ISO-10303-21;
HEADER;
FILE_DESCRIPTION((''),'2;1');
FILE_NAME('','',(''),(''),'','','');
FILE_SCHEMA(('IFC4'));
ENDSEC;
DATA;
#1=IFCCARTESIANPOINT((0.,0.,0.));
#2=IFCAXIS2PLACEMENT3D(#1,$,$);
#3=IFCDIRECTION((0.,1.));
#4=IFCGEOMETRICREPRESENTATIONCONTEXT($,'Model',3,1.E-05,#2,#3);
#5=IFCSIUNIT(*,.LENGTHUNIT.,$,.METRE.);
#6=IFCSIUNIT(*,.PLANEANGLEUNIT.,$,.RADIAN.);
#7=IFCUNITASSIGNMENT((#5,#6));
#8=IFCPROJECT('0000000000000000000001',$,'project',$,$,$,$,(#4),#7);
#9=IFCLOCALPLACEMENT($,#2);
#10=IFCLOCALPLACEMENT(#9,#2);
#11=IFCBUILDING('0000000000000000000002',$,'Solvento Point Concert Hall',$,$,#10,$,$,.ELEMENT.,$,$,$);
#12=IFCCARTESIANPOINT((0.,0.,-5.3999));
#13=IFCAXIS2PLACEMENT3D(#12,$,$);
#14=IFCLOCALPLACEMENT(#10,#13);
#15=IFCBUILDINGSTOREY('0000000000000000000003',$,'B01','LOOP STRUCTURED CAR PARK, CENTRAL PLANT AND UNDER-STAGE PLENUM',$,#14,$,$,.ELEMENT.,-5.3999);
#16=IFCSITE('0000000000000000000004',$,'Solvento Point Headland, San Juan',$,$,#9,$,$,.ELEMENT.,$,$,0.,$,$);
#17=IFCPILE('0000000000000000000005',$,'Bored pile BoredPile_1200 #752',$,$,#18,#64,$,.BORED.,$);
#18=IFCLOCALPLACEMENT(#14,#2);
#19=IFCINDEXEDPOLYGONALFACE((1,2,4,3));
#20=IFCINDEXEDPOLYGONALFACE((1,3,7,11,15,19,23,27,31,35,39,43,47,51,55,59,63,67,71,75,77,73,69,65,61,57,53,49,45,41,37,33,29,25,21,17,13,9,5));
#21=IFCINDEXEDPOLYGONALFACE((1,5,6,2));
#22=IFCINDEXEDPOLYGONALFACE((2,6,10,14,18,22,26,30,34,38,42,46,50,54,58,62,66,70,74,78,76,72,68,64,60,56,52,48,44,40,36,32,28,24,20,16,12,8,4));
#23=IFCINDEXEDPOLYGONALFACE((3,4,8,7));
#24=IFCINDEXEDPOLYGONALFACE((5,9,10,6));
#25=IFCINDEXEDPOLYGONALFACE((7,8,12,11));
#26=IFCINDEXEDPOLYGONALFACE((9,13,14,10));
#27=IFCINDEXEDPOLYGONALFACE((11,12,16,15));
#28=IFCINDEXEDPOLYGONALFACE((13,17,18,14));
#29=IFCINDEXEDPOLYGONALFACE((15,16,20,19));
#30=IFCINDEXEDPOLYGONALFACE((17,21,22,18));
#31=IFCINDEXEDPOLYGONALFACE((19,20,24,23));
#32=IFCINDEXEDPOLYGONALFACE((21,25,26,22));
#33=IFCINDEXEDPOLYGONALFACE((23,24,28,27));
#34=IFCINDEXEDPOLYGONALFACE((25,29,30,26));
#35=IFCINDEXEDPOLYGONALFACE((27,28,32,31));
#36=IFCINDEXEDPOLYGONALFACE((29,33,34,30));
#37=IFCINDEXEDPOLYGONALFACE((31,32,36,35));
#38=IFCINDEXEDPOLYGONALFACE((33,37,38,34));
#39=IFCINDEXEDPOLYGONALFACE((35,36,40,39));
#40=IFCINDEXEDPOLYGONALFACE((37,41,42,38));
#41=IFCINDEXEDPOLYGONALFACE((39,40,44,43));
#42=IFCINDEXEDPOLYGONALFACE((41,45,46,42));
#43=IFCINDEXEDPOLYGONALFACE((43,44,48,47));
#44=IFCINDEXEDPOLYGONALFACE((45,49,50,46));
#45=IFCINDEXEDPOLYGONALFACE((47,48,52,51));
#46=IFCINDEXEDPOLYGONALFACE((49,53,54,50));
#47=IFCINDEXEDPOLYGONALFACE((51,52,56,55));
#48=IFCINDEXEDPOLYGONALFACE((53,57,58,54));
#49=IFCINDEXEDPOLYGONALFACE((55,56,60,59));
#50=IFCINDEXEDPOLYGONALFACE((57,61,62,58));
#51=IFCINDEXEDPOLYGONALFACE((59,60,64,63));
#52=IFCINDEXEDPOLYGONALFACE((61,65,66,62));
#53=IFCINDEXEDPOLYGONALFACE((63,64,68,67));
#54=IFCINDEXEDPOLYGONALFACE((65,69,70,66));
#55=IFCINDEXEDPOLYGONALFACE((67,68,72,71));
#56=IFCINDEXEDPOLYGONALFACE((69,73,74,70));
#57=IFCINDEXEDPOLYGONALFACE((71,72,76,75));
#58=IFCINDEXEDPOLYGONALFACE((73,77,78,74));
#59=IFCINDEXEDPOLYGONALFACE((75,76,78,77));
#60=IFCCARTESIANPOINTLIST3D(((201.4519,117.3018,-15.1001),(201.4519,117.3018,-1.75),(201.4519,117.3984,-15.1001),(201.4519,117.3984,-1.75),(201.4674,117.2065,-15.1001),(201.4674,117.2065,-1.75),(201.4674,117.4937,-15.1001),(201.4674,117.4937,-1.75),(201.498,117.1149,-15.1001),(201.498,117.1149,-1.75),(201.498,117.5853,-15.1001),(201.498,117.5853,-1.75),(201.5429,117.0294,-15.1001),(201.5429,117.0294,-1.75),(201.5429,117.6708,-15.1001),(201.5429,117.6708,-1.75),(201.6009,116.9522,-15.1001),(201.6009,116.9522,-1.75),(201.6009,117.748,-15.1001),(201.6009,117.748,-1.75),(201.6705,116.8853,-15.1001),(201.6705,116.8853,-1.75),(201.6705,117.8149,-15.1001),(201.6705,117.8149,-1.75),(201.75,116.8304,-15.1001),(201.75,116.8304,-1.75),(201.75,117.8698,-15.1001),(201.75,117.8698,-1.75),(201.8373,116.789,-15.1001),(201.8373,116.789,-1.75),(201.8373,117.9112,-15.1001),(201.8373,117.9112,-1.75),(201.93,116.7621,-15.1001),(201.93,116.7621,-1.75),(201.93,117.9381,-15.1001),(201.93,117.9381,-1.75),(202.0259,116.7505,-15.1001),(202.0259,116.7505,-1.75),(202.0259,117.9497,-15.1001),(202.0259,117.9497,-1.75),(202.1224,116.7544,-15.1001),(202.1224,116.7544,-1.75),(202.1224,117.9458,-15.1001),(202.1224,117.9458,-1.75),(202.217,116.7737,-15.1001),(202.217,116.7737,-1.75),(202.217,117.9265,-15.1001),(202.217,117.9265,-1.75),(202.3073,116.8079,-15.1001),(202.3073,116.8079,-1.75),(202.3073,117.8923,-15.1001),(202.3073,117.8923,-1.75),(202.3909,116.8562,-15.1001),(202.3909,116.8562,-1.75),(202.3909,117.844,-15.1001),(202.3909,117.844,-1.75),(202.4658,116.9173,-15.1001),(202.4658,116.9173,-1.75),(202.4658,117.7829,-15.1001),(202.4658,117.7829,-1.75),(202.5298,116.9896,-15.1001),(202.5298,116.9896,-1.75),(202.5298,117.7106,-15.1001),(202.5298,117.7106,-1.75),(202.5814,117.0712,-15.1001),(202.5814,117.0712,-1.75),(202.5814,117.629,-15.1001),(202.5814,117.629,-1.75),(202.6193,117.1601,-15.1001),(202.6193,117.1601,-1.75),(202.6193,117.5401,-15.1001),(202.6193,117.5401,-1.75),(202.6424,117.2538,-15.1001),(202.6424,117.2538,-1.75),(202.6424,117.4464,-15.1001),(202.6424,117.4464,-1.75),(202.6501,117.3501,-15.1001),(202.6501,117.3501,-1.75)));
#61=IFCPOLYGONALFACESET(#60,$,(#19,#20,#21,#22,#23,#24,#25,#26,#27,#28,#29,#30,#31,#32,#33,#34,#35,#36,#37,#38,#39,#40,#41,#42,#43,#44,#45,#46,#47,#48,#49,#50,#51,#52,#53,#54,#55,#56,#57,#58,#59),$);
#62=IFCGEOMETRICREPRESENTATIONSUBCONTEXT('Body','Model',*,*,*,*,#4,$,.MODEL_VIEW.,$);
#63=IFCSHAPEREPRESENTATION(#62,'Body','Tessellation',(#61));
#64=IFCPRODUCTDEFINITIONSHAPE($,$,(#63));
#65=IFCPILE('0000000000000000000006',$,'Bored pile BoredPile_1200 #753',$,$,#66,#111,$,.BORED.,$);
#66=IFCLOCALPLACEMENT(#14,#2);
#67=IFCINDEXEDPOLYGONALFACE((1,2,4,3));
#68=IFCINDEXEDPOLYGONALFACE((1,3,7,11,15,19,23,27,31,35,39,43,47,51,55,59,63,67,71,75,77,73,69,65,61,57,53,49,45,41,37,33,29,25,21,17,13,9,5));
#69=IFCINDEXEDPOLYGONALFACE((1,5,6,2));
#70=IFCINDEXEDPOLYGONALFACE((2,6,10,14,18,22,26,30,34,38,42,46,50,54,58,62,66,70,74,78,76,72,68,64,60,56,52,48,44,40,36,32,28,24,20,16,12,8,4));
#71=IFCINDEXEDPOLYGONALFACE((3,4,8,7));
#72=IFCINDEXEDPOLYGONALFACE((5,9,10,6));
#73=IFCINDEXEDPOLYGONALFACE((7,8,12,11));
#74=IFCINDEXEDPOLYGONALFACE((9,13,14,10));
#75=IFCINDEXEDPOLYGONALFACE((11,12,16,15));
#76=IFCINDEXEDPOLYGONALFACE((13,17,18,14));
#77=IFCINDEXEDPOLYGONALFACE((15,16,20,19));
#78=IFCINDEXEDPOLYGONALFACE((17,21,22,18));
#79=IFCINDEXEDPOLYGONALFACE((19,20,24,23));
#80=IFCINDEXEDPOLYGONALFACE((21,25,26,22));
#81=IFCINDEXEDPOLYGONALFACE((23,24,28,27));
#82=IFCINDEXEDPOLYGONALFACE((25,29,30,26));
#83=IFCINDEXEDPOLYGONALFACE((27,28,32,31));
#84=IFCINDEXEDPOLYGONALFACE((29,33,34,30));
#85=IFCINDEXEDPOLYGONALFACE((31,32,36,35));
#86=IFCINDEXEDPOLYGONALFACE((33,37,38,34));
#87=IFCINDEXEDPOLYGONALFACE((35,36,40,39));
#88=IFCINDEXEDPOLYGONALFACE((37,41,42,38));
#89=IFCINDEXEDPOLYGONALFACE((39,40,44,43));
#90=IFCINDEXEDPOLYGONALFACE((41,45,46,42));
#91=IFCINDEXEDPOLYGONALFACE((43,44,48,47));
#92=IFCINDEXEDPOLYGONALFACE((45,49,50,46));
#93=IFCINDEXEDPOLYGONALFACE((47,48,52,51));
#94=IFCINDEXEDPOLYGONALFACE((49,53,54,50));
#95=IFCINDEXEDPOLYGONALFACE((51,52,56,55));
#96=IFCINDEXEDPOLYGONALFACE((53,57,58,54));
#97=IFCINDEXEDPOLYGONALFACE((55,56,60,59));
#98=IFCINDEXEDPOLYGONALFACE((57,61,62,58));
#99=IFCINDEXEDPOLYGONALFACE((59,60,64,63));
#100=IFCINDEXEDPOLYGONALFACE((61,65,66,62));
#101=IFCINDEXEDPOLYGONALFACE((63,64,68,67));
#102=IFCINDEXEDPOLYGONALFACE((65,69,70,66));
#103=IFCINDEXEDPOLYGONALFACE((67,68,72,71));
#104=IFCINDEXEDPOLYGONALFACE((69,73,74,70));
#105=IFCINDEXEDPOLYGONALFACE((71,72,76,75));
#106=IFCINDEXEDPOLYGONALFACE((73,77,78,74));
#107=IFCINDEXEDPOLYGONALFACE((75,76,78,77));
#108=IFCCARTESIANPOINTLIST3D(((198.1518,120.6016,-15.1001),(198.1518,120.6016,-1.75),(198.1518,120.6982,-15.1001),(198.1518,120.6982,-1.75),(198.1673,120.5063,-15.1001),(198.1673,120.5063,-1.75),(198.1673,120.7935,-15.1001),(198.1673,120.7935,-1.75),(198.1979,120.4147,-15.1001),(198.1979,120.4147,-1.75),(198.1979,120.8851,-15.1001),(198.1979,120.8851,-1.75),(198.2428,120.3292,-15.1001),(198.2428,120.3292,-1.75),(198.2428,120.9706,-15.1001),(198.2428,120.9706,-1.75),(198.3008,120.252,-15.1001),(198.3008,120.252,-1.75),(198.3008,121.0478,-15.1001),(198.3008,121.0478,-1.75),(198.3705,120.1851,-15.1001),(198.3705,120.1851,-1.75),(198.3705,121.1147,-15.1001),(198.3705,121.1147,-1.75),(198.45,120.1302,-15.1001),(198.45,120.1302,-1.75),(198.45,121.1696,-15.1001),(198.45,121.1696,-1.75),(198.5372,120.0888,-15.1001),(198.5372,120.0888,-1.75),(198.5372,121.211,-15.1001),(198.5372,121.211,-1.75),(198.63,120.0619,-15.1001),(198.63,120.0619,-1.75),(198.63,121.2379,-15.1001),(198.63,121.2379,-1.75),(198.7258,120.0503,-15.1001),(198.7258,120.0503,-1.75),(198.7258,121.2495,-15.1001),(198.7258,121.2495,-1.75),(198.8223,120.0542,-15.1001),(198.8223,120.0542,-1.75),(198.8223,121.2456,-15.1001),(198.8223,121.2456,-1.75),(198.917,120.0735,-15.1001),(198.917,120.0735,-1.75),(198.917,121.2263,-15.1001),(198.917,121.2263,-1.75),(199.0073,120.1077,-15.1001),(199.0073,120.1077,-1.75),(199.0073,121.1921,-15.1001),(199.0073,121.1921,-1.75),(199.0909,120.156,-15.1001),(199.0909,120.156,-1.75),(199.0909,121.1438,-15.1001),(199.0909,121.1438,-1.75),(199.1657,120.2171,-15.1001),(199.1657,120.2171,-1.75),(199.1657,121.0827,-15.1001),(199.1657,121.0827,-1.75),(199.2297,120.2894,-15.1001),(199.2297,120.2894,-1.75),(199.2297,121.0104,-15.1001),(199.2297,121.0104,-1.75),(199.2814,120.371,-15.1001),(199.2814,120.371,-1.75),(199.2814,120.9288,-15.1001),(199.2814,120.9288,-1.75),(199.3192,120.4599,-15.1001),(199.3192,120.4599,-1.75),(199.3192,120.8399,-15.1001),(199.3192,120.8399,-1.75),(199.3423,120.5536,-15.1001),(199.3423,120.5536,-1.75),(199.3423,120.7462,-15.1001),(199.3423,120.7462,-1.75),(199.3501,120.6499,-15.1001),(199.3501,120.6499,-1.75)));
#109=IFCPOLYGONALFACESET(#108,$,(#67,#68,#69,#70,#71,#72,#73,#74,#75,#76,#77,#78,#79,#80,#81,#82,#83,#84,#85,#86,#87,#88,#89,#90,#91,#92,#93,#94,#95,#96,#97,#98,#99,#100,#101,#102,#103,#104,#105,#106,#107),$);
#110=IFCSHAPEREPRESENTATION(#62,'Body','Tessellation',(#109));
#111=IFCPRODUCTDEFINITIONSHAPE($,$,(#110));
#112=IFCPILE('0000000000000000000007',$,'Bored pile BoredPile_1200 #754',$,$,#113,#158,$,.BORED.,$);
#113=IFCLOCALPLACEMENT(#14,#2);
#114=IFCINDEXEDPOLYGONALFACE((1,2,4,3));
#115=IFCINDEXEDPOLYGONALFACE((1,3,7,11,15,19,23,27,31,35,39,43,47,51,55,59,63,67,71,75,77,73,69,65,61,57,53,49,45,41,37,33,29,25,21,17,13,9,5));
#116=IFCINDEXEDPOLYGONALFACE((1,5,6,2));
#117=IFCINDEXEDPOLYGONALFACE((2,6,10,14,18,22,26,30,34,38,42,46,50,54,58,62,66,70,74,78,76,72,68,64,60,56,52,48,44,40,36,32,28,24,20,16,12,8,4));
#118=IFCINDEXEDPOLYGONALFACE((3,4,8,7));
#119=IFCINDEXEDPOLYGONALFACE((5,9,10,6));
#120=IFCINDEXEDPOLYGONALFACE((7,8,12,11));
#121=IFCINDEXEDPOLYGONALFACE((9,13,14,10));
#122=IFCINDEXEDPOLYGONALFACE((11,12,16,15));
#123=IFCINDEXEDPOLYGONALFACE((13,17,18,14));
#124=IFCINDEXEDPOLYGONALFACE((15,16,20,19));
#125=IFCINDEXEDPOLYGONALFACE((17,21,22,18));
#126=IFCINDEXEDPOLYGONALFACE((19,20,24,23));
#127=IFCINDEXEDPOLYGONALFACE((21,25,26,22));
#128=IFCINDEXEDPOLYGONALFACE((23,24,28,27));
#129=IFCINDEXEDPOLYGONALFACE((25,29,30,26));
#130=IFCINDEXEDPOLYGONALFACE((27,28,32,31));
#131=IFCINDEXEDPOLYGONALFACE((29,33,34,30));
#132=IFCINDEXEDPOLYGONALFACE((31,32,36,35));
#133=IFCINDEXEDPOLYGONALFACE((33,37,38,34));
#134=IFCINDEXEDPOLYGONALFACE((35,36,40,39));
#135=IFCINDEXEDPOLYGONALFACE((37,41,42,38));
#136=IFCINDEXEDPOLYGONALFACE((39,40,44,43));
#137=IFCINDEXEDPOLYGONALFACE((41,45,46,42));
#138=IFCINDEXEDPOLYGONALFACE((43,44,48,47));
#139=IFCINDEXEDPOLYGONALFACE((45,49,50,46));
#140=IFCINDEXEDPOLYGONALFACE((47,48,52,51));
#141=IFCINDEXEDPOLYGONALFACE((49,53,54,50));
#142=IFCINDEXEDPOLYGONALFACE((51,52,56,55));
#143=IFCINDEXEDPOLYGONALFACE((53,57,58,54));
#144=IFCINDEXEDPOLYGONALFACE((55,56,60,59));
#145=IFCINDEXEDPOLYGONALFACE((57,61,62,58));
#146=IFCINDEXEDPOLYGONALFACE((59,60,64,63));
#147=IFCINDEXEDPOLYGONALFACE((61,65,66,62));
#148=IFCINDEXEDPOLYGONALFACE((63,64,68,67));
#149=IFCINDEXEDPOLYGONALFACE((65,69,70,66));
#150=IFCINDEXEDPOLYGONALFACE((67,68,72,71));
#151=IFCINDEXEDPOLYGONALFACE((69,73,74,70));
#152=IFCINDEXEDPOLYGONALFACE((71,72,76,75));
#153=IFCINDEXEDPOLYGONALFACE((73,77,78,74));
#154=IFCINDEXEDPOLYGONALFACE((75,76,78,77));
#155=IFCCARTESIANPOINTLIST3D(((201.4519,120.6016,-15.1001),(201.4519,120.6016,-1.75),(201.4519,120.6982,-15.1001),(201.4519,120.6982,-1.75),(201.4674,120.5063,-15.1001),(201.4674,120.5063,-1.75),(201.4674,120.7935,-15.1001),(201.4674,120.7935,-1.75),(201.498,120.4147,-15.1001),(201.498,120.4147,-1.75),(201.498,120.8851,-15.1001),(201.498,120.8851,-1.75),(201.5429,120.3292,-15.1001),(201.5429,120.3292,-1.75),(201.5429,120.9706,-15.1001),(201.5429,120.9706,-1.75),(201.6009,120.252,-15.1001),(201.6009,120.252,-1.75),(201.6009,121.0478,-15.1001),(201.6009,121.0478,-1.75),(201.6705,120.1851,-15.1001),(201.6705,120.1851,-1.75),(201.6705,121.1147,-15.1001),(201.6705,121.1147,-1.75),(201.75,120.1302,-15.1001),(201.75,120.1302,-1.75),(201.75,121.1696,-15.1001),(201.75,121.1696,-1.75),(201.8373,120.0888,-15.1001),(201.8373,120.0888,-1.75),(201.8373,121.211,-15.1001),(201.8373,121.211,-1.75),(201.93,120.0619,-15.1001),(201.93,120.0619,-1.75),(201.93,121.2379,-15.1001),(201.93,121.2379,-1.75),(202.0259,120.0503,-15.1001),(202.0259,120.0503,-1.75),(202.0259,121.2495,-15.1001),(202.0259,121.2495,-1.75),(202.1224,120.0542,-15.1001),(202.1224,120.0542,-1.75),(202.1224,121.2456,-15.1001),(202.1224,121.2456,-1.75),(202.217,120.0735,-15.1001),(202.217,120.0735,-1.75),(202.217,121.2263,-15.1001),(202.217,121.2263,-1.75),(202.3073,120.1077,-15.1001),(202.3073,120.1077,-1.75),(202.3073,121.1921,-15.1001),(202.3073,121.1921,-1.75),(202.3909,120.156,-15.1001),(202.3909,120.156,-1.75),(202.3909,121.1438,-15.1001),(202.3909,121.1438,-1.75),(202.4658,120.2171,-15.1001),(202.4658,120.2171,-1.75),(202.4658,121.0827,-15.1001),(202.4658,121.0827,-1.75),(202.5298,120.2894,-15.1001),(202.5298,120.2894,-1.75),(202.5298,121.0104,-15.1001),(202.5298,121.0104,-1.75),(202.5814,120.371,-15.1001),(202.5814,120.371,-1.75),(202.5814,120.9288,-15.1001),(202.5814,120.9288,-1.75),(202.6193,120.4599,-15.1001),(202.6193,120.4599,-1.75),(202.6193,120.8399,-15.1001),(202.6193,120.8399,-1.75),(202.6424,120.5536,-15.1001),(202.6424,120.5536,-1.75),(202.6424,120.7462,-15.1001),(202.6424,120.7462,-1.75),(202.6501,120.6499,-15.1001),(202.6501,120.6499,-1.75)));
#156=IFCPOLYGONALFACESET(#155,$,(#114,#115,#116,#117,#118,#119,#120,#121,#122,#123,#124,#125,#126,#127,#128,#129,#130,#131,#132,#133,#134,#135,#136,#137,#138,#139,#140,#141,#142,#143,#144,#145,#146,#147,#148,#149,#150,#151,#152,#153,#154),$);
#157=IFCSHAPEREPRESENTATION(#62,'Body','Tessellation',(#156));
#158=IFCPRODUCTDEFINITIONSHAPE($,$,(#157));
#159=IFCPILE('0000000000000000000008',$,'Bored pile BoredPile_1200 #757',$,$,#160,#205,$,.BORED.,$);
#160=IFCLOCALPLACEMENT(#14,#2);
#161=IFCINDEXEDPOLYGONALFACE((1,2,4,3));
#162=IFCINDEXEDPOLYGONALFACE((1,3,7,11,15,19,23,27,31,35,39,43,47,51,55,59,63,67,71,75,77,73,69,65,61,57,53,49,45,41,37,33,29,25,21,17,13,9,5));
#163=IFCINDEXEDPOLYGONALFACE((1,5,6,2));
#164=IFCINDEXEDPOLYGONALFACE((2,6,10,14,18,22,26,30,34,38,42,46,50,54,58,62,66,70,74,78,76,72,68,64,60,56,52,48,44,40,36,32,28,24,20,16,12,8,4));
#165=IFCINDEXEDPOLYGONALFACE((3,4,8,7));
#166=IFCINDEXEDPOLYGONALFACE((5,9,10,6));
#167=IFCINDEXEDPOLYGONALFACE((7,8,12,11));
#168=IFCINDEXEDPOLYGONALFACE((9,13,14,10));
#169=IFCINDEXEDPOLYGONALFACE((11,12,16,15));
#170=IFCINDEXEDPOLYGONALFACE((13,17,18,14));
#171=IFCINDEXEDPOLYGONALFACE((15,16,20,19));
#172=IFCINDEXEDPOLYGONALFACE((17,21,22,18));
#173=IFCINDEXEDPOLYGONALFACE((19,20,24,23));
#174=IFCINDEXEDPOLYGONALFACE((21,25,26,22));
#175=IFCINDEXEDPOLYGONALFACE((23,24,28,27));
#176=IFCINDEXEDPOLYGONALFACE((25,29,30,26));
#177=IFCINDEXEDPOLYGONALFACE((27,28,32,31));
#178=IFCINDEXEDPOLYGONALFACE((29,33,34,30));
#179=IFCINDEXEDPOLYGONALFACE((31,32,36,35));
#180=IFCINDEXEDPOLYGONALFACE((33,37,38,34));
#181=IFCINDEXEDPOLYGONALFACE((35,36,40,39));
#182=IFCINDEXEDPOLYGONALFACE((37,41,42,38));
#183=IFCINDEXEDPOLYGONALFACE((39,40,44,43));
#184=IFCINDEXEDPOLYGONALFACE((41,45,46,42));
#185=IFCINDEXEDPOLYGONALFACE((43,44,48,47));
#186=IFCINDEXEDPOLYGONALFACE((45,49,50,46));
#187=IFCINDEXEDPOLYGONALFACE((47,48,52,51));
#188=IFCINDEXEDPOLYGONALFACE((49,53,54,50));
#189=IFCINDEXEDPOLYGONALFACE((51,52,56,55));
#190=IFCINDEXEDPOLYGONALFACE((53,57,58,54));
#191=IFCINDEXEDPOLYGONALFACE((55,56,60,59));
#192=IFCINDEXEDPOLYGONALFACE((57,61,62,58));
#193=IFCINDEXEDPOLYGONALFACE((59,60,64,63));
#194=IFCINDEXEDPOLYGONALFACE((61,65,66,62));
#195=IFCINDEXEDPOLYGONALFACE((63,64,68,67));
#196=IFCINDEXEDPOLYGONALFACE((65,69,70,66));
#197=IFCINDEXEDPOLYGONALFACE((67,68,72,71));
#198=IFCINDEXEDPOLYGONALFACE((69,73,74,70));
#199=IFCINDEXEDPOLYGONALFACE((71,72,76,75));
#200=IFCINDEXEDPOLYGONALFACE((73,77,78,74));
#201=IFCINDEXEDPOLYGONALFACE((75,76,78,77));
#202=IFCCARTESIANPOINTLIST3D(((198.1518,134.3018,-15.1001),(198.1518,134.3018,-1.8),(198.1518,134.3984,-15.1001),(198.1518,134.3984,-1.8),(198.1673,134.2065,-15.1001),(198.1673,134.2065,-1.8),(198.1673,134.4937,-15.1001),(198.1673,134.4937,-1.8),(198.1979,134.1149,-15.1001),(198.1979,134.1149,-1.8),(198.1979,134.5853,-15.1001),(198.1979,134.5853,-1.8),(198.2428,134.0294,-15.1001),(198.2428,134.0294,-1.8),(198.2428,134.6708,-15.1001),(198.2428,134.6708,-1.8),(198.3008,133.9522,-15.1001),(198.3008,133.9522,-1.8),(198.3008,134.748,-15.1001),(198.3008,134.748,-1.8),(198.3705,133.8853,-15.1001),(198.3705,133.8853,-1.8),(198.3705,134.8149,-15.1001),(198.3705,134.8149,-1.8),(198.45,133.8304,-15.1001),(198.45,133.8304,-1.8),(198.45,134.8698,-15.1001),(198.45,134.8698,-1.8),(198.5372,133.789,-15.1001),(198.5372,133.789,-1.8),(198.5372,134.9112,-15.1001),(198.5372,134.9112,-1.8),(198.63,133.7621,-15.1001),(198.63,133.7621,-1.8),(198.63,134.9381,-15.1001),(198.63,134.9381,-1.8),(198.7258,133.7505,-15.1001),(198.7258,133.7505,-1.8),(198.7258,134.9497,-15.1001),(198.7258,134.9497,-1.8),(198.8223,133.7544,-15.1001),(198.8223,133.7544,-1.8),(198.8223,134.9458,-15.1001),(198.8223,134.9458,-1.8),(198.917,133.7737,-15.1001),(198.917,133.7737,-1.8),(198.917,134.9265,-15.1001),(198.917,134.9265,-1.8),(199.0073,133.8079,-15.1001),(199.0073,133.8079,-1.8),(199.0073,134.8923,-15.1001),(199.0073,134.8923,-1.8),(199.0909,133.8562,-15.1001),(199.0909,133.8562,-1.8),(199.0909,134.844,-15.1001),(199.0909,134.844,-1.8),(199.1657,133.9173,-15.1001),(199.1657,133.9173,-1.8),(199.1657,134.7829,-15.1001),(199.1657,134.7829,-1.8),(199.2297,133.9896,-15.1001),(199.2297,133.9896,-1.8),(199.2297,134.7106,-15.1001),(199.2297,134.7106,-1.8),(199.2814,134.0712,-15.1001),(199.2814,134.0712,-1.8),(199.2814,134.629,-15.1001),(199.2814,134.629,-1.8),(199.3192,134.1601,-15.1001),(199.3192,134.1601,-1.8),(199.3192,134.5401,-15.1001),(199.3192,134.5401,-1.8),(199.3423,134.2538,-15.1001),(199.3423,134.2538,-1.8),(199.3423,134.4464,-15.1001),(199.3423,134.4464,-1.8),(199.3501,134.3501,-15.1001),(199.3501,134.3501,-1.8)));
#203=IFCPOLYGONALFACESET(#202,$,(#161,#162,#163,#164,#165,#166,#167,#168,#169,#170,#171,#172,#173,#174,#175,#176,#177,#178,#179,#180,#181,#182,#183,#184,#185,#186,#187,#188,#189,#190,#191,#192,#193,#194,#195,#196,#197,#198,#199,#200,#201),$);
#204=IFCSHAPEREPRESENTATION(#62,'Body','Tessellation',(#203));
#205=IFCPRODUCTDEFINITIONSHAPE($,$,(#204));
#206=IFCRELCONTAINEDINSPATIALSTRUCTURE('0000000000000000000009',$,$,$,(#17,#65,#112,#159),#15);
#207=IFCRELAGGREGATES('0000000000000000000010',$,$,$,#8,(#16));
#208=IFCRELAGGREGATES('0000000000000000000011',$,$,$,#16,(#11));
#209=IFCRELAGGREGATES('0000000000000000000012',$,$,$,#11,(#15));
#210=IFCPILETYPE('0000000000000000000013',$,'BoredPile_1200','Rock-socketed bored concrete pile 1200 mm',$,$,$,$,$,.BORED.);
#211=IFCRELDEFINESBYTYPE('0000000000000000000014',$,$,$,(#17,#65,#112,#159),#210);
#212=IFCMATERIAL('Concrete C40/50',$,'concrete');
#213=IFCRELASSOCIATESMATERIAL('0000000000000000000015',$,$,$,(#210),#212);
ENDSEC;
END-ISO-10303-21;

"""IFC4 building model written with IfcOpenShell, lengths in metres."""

from ifc_helpers import new_model, si_unit, direction, frame, origin, origin_2d, place, context, subcontext, project, spatial, circle, extrude, material, material_profile, profile_set, type_object, element, save


model = new_model("IFC4")

# Units and contexts
model_context = context("Model", 3, precision=1e-05, world=origin(), true_north=direction((0.0, 1.0)))
body_context = subcontext(model_context, "Body", "Model", "MODEL_VIEW")
ifc_project = project(units=[si_unit("LENGTHUNIT", "METRE"), si_unit("PLANEANGLEUNIT", "RADIAN")], contexts=[model_context])

# Site, building, storey
site_placement = place(None, origin())
site = spatial("IfcSite", under=ifc_project, at=site_placement, Name="Solvento Point Headland, San Juan", CompositionType="ELEMENT", RefElevation=0.0)
building_placement = place(site_placement, origin())
building = spatial("IfcBuilding", under=site, at=building_placement, Name="Solvento Point Concert Hall", CompositionType="ELEMENT")
storey_placement = place(building_placement, frame((0.0, 0.0, -5.3999)))
storey = spatial("IfcBuildingStorey", under=building, at=storey_placement, Name="B01", Description="LOOP STRUCTURED CAR PARK, CENTRAL PLANT AND UNDER-STAGE PLENUM", CompositionType="ELEMENT", Elevation=-5.3999)

# Piles
ifc_material_1 = material(Name="Concrete C40/50", Category="concrete")
ifc_material_profile_1 = material_profile(ifc_material_1, circle(Radius=0.6001, at=origin_2d()), Name="BP-1200")
ifc_profile_set_1 = profile_set([ifc_material_profile_1], Name="Concrete C40/50")
pile_type_1 = type_object("IfcPileType", Name="BoredPile_1200", Description="Rock-socketed bored concrete pile 1200 mm", PredefinedType="BORED", material=ifc_profile_set_1)
for number, where, z_axis, x_axis, name in (
    (1, (202.05, 117.3501, -1.75), (0.0, 0.0, -1.0), (1.0, 0.0, 0.0), "Bored pile BoredPile_1200 #752"),
    (2, (198.75, 120.6499, -1.75), (0.0, 0.0, -1.0), (1.0, 0.0, 0.0), "Bored pile BoredPile_1200 #753"),
    (3, (202.05, 120.6499, -1.75), (0.0, 0.0, -1.0), (1.0, 0.0, 0.0), "Bored pile BoredPile_1200 #754"),
):
    element("IfcPile", number, at=place(storey_placement, frame(where, z_axis=z_axis, x_axis=x_axis)), inside=storey, type_object=pile_type_1, Name=name, PredefinedType="BORED", context=body_context, shape_type="SweptSolid", body=[
        extrude(circle(Radius=0.6001, at=origin_2d()), origin(), (0.0, 0.0, 1.0), 13.3501),
    ])
for number, where, z_axis, x_axis, name in (
    (4, (198.75, 134.3501, -1.8), (0.0, 0.0, -1.0), (1.0, 0.0, 0.0), "Bored pile BoredPile_1200 #757"),
):
    element("IfcPile", number, at=place(storey_placement, frame(where, z_axis=z_axis, x_axis=x_axis)), inside=storey, type_object=pile_type_1, Name=name, PredefinedType="BORED", context=body_context, shape_type="SweptSolid", body=[
        extrude(circle(Radius=0.6001, at=origin_2d()), origin(), (0.0, 0.0, 1.0), 13.3),
    ])

save(model, "model.ifc")
